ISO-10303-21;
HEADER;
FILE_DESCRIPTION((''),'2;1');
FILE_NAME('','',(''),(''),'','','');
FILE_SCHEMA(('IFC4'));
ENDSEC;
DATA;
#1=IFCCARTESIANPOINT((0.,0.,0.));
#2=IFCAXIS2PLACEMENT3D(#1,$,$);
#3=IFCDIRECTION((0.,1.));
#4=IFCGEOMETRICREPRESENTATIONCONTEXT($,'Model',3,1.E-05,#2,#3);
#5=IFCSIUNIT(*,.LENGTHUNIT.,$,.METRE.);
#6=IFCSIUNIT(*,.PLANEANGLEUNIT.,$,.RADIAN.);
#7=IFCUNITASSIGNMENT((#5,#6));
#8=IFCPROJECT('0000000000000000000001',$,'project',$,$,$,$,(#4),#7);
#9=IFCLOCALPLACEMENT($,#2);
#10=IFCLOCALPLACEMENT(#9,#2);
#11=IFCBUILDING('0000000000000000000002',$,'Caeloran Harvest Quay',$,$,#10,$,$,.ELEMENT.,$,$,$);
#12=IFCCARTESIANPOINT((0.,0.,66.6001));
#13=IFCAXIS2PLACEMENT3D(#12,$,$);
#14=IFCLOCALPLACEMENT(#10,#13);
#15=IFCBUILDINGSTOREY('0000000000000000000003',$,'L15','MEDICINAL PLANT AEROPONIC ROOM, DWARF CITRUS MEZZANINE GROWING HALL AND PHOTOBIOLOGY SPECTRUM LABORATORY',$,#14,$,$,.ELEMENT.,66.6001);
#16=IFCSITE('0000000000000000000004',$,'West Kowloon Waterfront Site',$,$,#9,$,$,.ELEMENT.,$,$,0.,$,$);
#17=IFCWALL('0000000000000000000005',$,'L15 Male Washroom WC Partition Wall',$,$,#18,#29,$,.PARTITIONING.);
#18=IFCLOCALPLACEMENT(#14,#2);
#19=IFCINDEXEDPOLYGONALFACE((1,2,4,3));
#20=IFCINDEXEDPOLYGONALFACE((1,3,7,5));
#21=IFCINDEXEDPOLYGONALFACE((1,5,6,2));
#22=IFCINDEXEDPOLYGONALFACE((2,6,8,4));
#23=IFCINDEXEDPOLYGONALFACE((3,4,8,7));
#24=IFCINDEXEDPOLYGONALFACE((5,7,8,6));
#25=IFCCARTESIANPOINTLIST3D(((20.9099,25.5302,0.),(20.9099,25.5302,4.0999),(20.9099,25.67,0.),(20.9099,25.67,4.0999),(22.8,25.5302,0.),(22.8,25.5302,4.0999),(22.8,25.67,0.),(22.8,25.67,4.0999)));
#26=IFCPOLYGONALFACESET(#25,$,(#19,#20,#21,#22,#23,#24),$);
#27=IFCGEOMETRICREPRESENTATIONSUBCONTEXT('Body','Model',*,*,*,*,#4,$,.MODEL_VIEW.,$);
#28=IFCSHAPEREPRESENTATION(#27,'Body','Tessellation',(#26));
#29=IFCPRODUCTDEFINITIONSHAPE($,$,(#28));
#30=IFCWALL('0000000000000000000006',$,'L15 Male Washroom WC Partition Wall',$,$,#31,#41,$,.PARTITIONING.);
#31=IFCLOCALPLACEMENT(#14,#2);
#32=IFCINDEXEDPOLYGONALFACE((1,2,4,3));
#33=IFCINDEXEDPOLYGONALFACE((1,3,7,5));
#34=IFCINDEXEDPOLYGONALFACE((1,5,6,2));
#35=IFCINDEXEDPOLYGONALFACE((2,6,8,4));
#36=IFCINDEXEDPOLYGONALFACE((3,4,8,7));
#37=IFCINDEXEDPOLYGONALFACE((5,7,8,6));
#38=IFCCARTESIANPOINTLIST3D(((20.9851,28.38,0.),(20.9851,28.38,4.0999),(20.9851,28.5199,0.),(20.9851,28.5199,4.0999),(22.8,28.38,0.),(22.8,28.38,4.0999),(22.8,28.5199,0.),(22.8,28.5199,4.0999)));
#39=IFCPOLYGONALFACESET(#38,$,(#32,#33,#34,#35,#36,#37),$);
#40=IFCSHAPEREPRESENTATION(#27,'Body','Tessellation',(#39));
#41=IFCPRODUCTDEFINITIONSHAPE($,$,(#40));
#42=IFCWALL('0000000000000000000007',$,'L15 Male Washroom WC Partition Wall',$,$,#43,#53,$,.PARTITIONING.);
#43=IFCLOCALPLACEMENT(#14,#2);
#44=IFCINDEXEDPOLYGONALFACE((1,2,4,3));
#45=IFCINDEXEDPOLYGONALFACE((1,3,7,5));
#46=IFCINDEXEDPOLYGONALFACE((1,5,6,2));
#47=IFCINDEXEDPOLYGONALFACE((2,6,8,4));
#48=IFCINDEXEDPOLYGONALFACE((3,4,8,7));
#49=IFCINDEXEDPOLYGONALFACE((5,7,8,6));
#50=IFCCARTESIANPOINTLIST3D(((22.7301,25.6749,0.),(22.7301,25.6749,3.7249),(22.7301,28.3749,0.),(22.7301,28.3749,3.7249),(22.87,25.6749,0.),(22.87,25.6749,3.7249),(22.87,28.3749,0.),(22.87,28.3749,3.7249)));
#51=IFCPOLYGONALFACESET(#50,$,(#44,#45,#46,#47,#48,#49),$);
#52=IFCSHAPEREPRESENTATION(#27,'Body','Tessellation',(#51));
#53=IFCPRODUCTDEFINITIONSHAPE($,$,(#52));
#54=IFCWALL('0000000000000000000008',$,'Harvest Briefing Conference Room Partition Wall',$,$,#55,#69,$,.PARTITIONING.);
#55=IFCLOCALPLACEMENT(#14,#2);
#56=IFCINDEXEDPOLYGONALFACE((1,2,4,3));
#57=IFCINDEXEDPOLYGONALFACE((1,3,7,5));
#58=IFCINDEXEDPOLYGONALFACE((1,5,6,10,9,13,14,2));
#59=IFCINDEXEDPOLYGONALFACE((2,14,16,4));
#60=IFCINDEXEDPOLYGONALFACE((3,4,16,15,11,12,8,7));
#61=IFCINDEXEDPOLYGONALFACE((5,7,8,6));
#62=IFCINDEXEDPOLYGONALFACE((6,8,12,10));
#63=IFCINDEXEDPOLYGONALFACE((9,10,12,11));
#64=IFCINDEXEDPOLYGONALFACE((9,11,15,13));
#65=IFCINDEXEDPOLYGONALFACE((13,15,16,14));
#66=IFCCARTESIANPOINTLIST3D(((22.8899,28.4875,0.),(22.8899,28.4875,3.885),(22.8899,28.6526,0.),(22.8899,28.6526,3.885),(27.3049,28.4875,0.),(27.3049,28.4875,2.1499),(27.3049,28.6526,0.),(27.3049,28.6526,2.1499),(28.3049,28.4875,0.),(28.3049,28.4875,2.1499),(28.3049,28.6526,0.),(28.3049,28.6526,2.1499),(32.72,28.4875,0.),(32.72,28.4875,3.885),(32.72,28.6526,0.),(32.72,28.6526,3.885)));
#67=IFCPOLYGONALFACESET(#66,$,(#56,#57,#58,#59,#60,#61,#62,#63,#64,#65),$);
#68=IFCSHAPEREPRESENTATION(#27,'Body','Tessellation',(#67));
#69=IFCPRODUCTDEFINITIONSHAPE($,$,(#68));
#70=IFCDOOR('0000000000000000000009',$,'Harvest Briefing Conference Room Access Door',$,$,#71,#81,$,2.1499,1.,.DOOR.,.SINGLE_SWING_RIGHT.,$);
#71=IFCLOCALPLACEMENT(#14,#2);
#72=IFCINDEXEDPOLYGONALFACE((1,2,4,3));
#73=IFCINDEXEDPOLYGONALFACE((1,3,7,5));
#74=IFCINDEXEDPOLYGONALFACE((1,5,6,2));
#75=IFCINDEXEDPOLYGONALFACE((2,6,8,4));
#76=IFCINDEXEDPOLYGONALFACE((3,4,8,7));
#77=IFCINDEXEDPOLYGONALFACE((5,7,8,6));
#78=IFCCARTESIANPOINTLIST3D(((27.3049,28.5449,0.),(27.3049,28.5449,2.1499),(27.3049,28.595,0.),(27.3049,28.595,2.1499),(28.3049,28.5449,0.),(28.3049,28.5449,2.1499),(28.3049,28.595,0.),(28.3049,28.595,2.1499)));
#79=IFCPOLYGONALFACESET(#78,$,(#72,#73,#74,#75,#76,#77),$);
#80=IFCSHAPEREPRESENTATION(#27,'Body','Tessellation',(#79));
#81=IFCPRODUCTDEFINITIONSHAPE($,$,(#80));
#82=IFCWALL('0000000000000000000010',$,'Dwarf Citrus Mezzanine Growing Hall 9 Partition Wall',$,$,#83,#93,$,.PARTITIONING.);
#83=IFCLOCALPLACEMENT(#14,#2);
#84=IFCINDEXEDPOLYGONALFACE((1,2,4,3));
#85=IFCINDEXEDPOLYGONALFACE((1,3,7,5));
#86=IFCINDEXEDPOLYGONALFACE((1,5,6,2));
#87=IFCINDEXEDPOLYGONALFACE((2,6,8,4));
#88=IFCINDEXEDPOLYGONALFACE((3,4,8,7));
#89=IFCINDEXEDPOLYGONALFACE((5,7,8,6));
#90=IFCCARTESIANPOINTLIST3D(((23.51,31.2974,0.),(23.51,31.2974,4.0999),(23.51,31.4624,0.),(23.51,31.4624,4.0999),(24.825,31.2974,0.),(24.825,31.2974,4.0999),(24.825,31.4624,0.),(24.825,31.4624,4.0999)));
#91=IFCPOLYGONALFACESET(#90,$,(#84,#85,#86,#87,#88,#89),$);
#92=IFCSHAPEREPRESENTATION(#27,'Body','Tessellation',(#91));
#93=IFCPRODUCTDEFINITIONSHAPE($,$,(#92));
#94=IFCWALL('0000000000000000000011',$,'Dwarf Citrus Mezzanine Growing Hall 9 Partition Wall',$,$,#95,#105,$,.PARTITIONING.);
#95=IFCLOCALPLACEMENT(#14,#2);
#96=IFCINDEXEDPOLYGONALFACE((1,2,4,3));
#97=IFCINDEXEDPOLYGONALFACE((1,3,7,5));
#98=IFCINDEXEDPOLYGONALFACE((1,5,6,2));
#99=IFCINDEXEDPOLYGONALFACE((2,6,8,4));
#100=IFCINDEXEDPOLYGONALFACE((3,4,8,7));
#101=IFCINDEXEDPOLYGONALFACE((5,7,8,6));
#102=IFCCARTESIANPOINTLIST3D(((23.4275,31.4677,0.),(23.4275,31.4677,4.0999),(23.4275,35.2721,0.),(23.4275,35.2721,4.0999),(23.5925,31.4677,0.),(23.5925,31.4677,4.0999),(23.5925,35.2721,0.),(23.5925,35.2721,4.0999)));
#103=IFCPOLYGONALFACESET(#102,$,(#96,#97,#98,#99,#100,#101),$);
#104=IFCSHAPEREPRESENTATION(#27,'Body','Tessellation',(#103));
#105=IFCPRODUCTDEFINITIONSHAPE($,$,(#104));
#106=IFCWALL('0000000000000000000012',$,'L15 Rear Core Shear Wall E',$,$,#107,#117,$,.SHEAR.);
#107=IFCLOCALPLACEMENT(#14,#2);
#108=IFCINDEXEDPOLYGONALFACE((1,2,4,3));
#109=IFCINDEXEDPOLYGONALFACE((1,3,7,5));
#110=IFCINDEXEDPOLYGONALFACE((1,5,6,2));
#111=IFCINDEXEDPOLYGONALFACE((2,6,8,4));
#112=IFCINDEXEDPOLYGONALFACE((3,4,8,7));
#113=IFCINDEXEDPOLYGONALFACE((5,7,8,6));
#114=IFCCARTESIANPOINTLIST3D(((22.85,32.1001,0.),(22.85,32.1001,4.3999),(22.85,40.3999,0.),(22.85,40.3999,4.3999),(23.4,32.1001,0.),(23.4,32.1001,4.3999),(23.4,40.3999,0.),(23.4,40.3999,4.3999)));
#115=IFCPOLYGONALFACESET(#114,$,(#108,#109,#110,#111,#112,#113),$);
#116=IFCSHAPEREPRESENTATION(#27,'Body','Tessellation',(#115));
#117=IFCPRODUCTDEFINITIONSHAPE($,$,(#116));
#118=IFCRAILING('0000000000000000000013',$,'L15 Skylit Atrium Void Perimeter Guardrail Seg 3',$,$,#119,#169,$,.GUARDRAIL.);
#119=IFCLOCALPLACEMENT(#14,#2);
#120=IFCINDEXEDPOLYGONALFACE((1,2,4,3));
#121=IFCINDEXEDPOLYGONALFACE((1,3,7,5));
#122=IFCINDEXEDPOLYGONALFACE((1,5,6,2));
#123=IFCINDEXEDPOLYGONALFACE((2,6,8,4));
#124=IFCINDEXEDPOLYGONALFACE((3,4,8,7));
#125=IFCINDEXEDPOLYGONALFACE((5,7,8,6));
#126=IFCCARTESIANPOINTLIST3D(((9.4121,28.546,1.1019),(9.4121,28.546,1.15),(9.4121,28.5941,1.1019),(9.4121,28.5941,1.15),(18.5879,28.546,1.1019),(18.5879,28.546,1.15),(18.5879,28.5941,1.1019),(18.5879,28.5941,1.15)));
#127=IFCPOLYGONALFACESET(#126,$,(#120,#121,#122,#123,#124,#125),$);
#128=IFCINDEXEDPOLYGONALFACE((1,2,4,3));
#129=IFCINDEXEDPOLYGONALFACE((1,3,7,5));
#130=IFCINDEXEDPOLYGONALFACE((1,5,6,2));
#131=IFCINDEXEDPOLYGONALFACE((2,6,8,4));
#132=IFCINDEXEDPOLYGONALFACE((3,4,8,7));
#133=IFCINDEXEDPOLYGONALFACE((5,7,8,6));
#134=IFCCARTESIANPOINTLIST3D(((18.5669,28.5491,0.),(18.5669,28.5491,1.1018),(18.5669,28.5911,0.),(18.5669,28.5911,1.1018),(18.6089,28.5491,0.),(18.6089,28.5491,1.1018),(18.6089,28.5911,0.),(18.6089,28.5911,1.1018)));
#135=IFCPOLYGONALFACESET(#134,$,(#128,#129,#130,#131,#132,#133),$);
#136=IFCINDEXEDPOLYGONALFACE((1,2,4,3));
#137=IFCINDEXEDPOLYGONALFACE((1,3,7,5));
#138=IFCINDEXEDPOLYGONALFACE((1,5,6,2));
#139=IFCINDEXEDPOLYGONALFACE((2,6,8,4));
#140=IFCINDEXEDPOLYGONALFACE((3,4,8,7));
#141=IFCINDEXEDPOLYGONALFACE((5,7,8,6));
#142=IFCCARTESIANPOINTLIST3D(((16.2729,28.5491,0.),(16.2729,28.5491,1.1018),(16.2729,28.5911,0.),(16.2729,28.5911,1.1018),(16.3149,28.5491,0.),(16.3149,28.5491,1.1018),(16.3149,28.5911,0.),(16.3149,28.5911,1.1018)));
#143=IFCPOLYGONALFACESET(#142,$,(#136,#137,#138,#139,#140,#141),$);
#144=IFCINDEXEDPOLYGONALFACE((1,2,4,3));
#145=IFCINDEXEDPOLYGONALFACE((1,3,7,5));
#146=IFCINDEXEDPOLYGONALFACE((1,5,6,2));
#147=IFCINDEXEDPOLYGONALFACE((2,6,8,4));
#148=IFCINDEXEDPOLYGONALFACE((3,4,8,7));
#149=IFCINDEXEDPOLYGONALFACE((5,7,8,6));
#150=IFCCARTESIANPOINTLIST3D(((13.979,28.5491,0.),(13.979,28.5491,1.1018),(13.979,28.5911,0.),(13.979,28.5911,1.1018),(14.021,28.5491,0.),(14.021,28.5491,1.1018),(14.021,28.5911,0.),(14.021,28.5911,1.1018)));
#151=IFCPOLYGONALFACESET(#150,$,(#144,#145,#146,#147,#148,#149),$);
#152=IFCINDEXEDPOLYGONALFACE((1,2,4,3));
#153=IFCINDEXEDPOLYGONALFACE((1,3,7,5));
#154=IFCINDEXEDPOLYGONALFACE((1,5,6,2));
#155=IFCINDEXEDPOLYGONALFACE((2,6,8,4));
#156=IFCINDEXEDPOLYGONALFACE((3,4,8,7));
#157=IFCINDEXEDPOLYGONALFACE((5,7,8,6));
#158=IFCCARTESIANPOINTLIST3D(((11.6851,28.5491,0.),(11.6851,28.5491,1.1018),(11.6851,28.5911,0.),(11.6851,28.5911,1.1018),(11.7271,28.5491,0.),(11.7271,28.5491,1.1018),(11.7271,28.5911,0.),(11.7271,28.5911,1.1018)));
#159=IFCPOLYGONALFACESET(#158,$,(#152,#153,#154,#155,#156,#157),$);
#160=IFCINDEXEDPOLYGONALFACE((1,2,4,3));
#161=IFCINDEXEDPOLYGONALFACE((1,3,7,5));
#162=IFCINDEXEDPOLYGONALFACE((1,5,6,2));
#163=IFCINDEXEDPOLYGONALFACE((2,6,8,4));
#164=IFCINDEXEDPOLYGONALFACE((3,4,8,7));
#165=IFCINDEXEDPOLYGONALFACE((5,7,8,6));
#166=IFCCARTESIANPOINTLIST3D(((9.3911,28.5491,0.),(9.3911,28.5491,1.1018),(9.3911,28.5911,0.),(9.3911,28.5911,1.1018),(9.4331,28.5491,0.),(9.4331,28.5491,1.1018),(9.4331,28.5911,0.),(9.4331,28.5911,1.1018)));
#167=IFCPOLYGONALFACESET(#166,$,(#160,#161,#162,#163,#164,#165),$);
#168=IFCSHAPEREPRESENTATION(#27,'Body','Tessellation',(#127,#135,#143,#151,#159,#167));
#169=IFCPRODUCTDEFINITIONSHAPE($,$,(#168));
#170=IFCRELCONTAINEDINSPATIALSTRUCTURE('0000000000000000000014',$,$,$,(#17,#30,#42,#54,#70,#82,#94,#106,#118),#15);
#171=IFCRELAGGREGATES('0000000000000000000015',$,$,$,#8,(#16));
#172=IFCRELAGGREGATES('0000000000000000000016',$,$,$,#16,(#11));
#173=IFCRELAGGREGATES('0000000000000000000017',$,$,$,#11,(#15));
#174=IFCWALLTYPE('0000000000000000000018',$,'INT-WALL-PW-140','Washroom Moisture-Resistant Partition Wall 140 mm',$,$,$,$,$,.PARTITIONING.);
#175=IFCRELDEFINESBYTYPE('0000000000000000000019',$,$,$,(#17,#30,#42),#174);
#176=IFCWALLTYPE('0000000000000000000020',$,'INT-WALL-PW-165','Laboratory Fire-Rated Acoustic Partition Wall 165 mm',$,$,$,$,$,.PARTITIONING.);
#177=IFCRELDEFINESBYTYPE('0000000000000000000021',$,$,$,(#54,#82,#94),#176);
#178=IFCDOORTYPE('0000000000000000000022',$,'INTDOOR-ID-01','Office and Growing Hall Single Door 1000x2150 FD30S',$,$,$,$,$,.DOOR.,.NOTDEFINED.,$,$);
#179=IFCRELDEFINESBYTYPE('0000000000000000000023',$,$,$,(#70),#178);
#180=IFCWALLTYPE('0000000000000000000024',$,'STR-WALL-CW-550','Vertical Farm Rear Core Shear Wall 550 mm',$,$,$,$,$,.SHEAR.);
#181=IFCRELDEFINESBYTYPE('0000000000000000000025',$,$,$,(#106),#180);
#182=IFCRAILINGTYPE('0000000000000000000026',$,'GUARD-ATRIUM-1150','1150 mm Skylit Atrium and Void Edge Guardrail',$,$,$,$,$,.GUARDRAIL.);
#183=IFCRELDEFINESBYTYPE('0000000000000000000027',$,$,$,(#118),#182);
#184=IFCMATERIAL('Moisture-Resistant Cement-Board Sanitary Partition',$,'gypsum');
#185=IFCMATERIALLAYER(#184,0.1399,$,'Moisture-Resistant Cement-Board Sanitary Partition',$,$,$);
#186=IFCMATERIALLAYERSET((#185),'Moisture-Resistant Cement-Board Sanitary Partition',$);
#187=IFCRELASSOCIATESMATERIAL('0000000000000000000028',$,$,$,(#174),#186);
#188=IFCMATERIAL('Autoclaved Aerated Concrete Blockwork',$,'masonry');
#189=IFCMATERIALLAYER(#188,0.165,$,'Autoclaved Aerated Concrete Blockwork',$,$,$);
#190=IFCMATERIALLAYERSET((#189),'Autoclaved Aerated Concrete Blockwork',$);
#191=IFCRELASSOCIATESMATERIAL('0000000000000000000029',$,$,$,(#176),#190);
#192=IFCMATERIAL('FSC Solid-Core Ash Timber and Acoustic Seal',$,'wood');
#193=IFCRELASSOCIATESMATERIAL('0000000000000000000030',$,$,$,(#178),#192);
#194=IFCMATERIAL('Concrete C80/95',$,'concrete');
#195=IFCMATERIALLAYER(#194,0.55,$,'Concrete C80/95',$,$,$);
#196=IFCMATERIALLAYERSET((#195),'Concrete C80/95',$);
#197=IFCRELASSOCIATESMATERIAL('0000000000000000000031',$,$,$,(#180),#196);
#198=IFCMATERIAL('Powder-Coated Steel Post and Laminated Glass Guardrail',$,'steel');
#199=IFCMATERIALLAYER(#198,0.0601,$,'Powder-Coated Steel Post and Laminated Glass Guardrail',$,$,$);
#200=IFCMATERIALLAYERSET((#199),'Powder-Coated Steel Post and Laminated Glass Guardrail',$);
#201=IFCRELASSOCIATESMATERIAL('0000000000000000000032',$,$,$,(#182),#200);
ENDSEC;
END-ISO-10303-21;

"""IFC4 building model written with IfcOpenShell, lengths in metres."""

from ifc_helpers import new_model, si_unit, direction, frame, frame_2d, origin, origin_2d, place, context, subcontext, project, spatial, rectangle, extrude, material, layer, layer_set, type_object, element, fill, save


model = new_model("IFC4")

# Units and contexts
model_context = context("Model", 3, precision=1e-05, world=origin(), true_north=direction((0.0, 1.0)))
body_context = subcontext(model_context, "Body", "Model", "MODEL_VIEW")
ifc_project = project(units=[si_unit("LENGTHUNIT", "METRE"), si_unit("PLANEANGLEUNIT", "RADIAN")], contexts=[model_context])

# Site, building, storey
site_placement = place(None, origin())
site = spatial("IfcSite", under=ifc_project, at=site_placement, Name="West Kowloon Waterfront Site", CompositionType="ELEMENT", RefElevation=0.0)
building_placement = place(site_placement, origin())
building = spatial("IfcBuilding", under=site, at=building_placement, Name="Caeloran Harvest Quay", CompositionType="ELEMENT")
storey_placement = place(building_placement, frame((0.0, 0.0, 66.6001)))
storey = spatial("IfcBuildingStorey", under=building, at=storey_placement, Name="L15", Description="MEDICINAL PLANT AEROPONIC ROOM, DWARF CITRUS MEZZANINE GROWING HALL AND PHOTOBIOLOGY SPECTRUM LABORATORY", CompositionType="ELEMENT", Elevation=66.6001)

# Shared definitions
ifc_material_1 = material(Name="Concrete C80/95", Category="concrete")

# Wall
ifc_material_2 = material(Name="Moisture-Resistant Cement-Board Sanitary Partition", Category="gypsum")
ifc_layer_1 = layer(ifc_material_2, 0.1399, Name="Moisture-Resistant Cement-Board Sanitary Partition")
ifc_layer_set_1 = layer_set([ifc_layer_1], Name="Moisture-Resistant Cement-Board Sanitary Partition")
wall_type_1 = type_object("IfcWallType", Name="INT-WALL-PW-140", Description="Washroom Moisture-Resistant Partition Wall 140 mm", PredefinedType="PARTITIONING", material=ifc_layer_set_1)
wall_1_placement = place(storey_placement, frame((22.8, 25.6001, 0.0), z_axis=(0.0, 0.0, 1.0), x_axis=(-1.0, 0.0, 0.0)))
element("IfcWall", 1, at=wall_1_placement, inside=storey, type_object=wall_type_1, Name="L15 Male Washroom WC Partition Wall", PredefinedType="PARTITIONING", context=body_context, shape_type="SweptSolid", body=[
    extrude(rectangle(XDim=1.8901, YDim=0.1399, at=frame_2d((0.9451, 0.0))), origin(), (0.0, 0.0, 1.0), 4.0999),
])

# Walls
wall_2_placement = place(storey_placement, frame((20.9851, 28.45, 0.0), z_axis=(0.0, 0.0, 1.0), x_axis=(1.0, 0.0, 0.0)))
element("IfcWall", 2, at=wall_2_placement, inside=storey, type_object=wall_type_1, Name="L15 Male Washroom WC Partition Wall", PredefinedType="PARTITIONING", context=body_context, shape_type="SweptSolid", body=[
    extrude(rectangle(XDim=1.8149, YDim=0.1399, at=frame_2d((0.9075, 0.0))), origin(), (0.0, 0.0, 1.0), 4.0999),
])
wall_3_placement = place(storey_placement, frame((22.8, 28.375, 0.0), z_axis=(0.0, 0.0, 1.0), x_axis=(0.0, -1.0, 0.0)))
element("IfcWall", 3, at=wall_3_placement, inside=storey, type_object=wall_type_1, Name="L15 Male Washroom WC Partition Wall", PredefinedType="PARTITIONING", context=body_context, shape_type="SweptSolid", body=[
    extrude(rectangle(XDim=2.7, YDim=0.1399, at=frame_2d((1.3501, 0.0))), origin(), (0.0, 0.0, 1.0), 3.7249),
])

# Wall, opening, door
ifc_material_3 = material(Name="Autoclaved Aerated Concrete Blockwork", Category="masonry")
ifc_layer_2 = layer(ifc_material_3, 0.165, Name="Autoclaved Aerated Concrete Blockwork")
ifc_layer_set_2 = layer_set([ifc_layer_2], Name="Autoclaved Aerated Concrete Blockwork")
wall_type_2 = type_object("IfcWallType", Name="INT-WALL-PW-165", Description="Laboratory Fire-Rated Acoustic Partition Wall 165 mm", PredefinedType="PARTITIONING", material=ifc_layer_set_2)
wall_4_placement = place(storey_placement, frame((22.8899, 28.5701, 0.0), z_axis=(0.0, 0.0, 1.0), x_axis=(1.0, 0.0, 0.0)))
wall_4 = element("IfcWall", 4, at=wall_4_placement, inside=storey, type_object=wall_type_2, Name="Harvest Briefing Conference Room Partition Wall", PredefinedType="PARTITIONING", context=body_context, shape_type="SweptSolid", body=[
    extrude(rectangle(XDim=9.8301, YDim=0.165, at=frame_2d((4.915, 0.0))), origin(), (0.0, 0.0, 1.0), 3.885),
])
opening_1_placement = place(wall_4_placement, frame((4.415, 0.0, 0.0)))
opening_1 = element("IfcOpeningElement", 5, at=opening_1_placement, cuts=wall_4, PredefinedType="OPENING", context=body_context, shape_type="SweptSolid", body=[
    extrude(rectangle(XDim=1.0, YDim=2.1499, at=frame_2d((0.5, 1.075))), frame((0.0, 0.0925, 0.0), z_axis=(0.0, -1.0, 0.0), x_axis=(1.0, 0.0, 0.0)), (0.0, 0.0, 1.0), 0.1851),
])
ifc_material_4 = material(Name="FSC Solid-Core Ash Timber and Acoustic Seal", Category="wood")
door_type_1 = type_object("IfcDoorType", Name="INTDOOR-ID-01", Description="Office and Growing Hall Single Door 1000x2150 FD30S", OperationType="NOTDEFINED", PredefinedType="DOOR", material=ifc_material_4)
door_1_placement = place(opening_1_placement, origin())
door_1 = element("IfcDoor", 6, at=door_1_placement, inside=storey, type_object=door_type_1, Name="Harvest Briefing Conference Room Access Door", OperationType="SINGLE_SWING_RIGHT", OverallHeight=2.1499, OverallWidth=1.0, PredefinedType="DOOR", context=body_context, shape_type="SweptSolid", body=[
    extrude(rectangle(XDim=1.0, YDim=2.1499, at=frame_2d((0.5, 1.075))), frame((0.0, 0.0249, 0.0), z_axis=(0.0, -1.0, 0.0), x_axis=(1.0, 0.0, 0.0)), (0.0, 0.0, 1.0), 0.05),
])
fill(opening_1, door_1)

# Walls
wall_5_placement = place(storey_placement, frame((24.825, 31.3799, 0.0), z_axis=(0.0, 0.0, 1.0), x_axis=(-1.0, 0.0, 0.0)))
element("IfcWall", 7, at=wall_5_placement, inside=storey, type_object=wall_type_2, Name="Dwarf Citrus Mezzanine Growing Hall 9 Partition Wall", PredefinedType="PARTITIONING", context=body_context, shape_type="SweptSolid", body=[
    extrude(rectangle(XDim=1.3149, YDim=0.165, at=frame_2d((0.6575, 0.0))), origin(), (0.0, 0.0, 1.0), 4.0999),
])
wall_6_placement = place(storey_placement, frame((23.51, 31.4675, 0.0), z_axis=(0.0, 0.0, 1.0), x_axis=(0.0, 1.0, 0.0)))
element("IfcWall", 8, at=wall_6_placement, inside=storey, type_object=wall_type_2, Name="Dwarf Citrus Mezzanine Growing Hall 9 Partition Wall", PredefinedType="PARTITIONING", context=body_context, shape_type="SweptSolid", body=[
    extrude(rectangle(XDim=3.8044, YDim=0.165, at=frame_2d((1.9023, 0.0))), origin(), (0.0, 0.0, 1.0), 4.0999),
])
ifc_layer_3 = layer(ifc_material_1, 0.55, Name="Concrete C80/95")
ifc_layer_set_3 = layer_set([ifc_layer_3], Name="Concrete C80/95")
wall_type_3 = type_object("IfcWallType", Name="STR-WALL-CW-550", Description="Vertical Farm Rear Core Shear Wall 550 mm", PredefinedType="SHEAR", material=ifc_layer_set_3)
wall_7_placement = place(storey_placement, frame((23.125, 32.1001, 0.0), z_axis=(0.0, 0.0, 1.0), x_axis=(0.0, 1.0, 0.0)))
element("IfcWall", 9, at=wall_7_placement, inside=storey, type_object=wall_type_3, Name="L15 Rear Core Shear Wall E", PredefinedType="SHEAR", context=body_context, shape_type="SweptSolid", body=[
    extrude(rectangle(XDim=8.2998, YDim=0.55, at=frame_2d((4.1499, 0.0))), origin(), (0.0, 0.0, 1.0), 4.3999),
])

# Railing
ifc_material_5 = material(Name="Powder-Coated Steel Post and Laminated Glass Guardrail", Category="steel")
ifc_layer_4 = layer(ifc_material_5, 0.0601, Name="Powder-Coated Steel Post and Laminated Glass Guardrail")
ifc_layer_set_4 = layer_set([ifc_layer_4], Name="Powder-Coated Steel Post and Laminated Glass Guardrail")
railing_type = type_object("IfcRailingType", Name="GUARD-ATRIUM-1150", Description="1150 mm Skylit Atrium and Void Edge Guardrail", PredefinedType="GUARDRAIL", material=ifc_layer_set_4)
railing_placement = place(storey_placement, frame((18.5879, 28.5701, 0.0)))
element("IfcRailing", 10, at=railing_placement, inside=storey, type_object=railing_type, Name="L15 Skylit Atrium Void Perimeter Guardrail Seg 3", PredefinedType="GUARDRAIL", context=body_context, shape_type="SweptSolid", body=[
    extrude(rectangle(XDim=0.0481, YDim=0.0481, at=origin_2d()), frame((0.0, 0.0, 1.126), z_axis=(-1.0, 0.0, 0.0), x_axis=(0.0, -1.0, 0.0)), (0.0, 0.0, 1.0), 9.1758),
    extrude(rectangle(XDim=0.042, YDim=0.042, at=origin_2d()), origin(), (0.0, 0.0, 1.0), 1.1018),
    extrude(rectangle(XDim=0.042, YDim=0.042, at=origin_2d()), frame((-2.2939, 0.0, 0.0)), (0.0, 0.0, 1.0), 1.1018),
    extrude(rectangle(XDim=0.042, YDim=0.042, at=origin_2d()), frame((-4.5879, 0.0, 0.0)), (0.0, 0.0, 1.0), 1.1018),
    extrude(rectangle(XDim=0.042, YDim=0.042, at=origin_2d()), frame((-6.8818, 0.0, 0.0)), (0.0, 0.0, 1.0), 1.1018),
    extrude(rectangle(XDim=0.042, YDim=0.042, at=origin_2d()), frame((-9.1758, 0.0, 0.0)), (0.0, 0.0, 1.0), 1.1018),
])

save(model, "model.ifc")
